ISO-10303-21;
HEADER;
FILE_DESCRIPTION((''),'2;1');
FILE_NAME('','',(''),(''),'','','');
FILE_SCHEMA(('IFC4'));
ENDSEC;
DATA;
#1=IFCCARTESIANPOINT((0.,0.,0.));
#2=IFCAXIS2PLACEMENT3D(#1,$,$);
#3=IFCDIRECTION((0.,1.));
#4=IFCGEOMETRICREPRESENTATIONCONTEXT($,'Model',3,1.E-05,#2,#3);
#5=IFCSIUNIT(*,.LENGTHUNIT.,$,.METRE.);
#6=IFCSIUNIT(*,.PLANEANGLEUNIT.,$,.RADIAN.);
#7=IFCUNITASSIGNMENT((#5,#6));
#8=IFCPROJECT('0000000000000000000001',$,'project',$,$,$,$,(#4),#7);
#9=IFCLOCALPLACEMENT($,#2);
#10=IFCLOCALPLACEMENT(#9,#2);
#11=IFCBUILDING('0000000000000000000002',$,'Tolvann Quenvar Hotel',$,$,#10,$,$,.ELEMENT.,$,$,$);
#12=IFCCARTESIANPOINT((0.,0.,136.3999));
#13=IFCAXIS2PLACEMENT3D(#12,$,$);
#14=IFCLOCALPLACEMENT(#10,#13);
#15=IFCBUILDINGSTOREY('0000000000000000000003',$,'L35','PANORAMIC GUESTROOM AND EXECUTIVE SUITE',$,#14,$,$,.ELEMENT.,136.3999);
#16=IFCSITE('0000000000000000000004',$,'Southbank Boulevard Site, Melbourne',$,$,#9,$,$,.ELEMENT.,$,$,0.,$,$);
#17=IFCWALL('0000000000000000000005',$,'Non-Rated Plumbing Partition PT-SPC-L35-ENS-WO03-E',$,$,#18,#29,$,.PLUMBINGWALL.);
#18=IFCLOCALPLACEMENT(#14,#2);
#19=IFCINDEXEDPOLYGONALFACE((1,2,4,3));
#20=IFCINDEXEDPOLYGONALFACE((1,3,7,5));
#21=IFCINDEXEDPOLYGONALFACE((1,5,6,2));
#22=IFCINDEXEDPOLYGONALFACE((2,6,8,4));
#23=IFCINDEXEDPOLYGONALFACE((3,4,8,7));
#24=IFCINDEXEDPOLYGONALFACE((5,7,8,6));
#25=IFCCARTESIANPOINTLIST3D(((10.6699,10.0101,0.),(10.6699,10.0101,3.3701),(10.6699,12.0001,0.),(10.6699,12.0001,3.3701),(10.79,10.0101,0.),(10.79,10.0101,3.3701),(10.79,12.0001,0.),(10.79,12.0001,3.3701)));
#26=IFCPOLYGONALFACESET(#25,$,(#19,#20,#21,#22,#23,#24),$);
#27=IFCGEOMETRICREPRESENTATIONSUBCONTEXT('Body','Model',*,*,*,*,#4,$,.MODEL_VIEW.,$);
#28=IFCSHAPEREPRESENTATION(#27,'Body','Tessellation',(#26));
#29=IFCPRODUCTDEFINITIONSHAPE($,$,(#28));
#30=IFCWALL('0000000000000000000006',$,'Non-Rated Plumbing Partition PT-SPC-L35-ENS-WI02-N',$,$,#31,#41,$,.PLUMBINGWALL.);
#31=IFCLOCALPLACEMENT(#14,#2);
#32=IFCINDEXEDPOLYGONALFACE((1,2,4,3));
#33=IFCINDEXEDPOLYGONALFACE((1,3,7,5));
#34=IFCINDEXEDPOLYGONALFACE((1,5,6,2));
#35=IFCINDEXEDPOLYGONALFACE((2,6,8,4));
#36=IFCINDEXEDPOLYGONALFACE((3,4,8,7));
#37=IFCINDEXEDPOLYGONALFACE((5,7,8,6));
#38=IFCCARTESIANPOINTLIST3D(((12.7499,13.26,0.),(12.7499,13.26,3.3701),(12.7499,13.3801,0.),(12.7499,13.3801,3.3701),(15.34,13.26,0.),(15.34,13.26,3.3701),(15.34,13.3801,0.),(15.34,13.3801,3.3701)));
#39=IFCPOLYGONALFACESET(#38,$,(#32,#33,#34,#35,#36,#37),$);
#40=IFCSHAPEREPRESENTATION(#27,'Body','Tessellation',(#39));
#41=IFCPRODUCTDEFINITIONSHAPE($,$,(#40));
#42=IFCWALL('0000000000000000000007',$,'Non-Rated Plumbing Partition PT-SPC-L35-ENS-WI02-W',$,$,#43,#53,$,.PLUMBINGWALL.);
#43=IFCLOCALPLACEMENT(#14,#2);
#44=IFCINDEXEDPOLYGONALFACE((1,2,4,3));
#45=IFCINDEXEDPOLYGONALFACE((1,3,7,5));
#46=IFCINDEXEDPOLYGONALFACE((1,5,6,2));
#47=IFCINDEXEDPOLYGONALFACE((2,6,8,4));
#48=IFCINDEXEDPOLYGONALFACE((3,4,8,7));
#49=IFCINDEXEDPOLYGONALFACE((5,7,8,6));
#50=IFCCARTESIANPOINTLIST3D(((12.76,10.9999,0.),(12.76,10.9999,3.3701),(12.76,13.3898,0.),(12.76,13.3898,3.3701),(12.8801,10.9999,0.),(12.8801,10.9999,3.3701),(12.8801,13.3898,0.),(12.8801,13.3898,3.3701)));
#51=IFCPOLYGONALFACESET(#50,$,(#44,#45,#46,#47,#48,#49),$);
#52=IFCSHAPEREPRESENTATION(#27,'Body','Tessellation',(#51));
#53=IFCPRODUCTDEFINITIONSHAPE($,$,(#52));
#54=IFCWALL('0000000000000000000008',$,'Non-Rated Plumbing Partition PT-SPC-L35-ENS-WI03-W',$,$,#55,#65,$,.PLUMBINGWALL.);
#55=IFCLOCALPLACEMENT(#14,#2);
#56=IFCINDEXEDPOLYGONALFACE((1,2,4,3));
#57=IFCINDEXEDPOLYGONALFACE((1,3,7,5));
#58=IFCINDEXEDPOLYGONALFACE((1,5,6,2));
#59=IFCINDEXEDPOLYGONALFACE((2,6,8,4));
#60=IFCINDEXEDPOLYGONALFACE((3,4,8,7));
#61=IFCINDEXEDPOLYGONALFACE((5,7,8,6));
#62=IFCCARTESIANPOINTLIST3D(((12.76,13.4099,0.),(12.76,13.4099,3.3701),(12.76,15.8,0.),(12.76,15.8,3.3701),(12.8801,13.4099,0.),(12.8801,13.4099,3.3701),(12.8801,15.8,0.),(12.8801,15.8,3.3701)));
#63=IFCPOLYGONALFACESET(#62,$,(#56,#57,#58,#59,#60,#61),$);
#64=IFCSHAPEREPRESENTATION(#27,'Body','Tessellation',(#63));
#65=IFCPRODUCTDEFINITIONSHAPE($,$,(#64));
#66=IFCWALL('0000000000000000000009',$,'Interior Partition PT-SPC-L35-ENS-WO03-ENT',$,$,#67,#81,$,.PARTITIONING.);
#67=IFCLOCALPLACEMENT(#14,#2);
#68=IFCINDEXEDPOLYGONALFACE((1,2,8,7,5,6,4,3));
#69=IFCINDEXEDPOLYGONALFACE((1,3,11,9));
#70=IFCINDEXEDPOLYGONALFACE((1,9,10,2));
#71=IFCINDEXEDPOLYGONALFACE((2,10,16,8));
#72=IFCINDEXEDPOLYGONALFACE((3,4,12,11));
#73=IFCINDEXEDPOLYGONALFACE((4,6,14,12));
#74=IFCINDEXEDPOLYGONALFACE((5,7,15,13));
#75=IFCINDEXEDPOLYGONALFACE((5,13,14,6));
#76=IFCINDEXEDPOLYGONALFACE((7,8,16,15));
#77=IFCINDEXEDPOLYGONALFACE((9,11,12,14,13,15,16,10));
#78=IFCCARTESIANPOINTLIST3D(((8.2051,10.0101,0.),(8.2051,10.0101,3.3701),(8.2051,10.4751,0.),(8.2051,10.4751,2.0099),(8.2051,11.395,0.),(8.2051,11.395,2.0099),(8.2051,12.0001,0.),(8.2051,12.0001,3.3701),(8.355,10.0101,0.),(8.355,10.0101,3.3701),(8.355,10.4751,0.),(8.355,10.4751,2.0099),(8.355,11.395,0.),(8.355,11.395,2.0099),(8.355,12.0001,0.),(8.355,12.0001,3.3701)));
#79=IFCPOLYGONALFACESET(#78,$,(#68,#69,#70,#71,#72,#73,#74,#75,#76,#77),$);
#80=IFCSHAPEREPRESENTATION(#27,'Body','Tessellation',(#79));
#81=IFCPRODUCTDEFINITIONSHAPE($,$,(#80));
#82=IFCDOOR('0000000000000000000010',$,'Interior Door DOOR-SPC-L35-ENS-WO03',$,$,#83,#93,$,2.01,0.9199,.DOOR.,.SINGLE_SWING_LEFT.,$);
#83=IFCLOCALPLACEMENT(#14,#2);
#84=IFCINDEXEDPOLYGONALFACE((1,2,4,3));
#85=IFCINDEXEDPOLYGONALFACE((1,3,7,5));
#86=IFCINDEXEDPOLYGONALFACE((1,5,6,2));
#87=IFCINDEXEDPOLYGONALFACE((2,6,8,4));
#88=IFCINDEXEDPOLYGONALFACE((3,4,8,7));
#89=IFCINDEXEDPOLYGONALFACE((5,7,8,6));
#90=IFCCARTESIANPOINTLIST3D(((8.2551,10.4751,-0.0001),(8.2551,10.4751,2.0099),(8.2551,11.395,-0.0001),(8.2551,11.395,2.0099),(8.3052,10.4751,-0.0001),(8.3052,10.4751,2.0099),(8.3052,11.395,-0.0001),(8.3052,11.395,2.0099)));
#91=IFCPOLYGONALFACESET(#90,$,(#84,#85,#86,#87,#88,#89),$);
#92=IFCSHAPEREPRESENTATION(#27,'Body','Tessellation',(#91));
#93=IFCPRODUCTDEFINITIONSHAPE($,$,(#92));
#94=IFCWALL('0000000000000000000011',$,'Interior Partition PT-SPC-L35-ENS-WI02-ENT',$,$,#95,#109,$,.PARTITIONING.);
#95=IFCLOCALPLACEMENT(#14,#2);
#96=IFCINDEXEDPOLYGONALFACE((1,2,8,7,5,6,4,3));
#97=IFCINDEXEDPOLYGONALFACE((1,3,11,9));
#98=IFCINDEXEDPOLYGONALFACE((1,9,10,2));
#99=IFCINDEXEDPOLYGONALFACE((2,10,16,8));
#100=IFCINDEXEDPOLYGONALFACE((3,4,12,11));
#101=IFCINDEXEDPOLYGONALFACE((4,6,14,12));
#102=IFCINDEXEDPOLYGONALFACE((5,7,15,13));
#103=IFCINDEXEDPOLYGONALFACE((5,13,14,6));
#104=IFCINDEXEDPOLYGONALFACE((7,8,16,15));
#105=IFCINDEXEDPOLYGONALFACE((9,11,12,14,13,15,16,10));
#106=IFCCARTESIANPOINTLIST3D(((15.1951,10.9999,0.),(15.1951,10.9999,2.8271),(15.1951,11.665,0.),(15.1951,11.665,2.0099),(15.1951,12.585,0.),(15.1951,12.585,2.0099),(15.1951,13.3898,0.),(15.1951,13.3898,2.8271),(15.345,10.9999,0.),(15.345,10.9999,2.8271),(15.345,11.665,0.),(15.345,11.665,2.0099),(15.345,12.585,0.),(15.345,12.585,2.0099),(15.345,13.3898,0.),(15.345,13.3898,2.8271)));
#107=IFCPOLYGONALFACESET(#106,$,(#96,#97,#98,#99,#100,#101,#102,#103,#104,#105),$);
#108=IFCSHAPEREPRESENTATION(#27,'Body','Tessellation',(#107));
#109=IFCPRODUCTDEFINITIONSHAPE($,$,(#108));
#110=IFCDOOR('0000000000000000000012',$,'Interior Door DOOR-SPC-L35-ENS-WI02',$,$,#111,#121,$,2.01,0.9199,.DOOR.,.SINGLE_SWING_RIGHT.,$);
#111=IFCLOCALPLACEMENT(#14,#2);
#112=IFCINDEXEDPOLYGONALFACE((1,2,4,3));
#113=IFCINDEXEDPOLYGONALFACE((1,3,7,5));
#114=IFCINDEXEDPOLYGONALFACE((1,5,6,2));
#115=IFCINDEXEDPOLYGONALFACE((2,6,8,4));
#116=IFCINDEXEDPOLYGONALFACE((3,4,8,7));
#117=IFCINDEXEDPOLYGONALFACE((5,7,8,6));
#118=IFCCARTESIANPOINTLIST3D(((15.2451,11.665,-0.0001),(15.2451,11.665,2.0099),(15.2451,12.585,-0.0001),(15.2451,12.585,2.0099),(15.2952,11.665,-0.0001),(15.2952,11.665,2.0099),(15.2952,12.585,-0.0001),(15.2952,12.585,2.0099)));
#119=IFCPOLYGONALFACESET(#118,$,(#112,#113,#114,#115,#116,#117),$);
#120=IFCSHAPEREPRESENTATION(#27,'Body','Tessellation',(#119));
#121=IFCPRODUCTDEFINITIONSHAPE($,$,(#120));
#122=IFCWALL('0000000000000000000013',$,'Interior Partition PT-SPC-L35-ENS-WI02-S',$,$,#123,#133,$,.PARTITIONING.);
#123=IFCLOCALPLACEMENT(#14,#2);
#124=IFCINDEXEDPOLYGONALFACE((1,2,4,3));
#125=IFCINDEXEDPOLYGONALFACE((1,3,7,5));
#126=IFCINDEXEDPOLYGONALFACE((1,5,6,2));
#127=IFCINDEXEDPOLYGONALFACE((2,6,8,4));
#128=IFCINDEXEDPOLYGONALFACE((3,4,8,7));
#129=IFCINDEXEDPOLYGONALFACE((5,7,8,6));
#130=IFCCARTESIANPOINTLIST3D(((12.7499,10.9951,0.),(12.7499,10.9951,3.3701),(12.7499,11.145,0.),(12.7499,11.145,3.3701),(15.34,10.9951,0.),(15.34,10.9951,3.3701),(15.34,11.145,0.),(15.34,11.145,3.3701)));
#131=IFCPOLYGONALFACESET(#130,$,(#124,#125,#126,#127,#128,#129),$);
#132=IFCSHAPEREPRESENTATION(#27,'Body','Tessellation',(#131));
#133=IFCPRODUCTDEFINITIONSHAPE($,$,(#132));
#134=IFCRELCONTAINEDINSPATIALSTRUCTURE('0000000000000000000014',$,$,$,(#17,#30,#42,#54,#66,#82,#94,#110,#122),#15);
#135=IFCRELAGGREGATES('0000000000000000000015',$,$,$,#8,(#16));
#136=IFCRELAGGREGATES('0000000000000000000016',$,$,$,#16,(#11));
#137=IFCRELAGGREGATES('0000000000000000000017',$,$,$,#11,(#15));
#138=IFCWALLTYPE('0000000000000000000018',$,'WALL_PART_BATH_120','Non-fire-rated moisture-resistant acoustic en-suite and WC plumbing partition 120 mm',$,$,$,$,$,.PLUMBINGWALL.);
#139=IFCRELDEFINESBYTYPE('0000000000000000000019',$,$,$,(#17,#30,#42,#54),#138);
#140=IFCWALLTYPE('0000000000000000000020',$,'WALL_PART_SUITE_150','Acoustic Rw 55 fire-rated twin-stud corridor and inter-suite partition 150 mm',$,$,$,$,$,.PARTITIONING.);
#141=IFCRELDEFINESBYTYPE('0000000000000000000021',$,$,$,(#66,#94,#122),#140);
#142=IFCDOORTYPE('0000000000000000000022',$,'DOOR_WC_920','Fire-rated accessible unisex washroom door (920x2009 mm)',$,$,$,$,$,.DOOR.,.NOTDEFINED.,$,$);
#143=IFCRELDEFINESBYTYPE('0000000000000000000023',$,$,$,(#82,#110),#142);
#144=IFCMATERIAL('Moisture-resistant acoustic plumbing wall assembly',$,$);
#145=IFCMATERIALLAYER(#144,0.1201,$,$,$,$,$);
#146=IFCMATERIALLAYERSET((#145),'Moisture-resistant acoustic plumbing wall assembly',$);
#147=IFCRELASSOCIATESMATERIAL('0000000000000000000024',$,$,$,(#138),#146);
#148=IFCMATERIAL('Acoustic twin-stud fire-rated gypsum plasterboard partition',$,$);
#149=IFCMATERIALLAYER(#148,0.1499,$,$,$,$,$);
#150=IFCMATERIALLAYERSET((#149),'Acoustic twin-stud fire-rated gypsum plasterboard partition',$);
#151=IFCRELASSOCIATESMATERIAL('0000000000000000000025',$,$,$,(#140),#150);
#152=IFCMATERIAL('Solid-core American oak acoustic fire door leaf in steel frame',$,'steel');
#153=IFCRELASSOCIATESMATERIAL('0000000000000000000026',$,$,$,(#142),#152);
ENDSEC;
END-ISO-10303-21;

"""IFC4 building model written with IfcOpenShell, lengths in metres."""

from ifc_helpers import new_model, si_unit, direction, frame, frame_2d, origin, place, context, subcontext, project, spatial, rectangle, extrude, source, transform, mapped, material, layer, layer_set, type_object, type_shapes, element, fill, save


model = new_model("IFC4")

# Units and contexts
model_context = context("Model", 3, precision=1e-05, world=origin(), true_north=direction((0.0, 1.0)))
body_context = subcontext(model_context, "Body", "Model", "MODEL_VIEW")
ifc_project = project(units=[si_unit("LENGTHUNIT", "METRE"), si_unit("PLANEANGLEUNIT", "RADIAN")], contexts=[model_context])

# Site, building, storey
site_placement = place(None, origin())
site = spatial("IfcSite", under=ifc_project, at=site_placement, Name="Southbank Boulevard Site, Melbourne", CompositionType="ELEMENT", RefElevation=0.0)
building_placement = place(site_placement, origin())
building = spatial("IfcBuilding", under=site, at=building_placement, Name="Tolvann Quenvar Hotel", CompositionType="ELEMENT")
storey_placement = place(building_placement, frame((0.0, 0.0, 136.3999)))
storey = spatial("IfcBuildingStorey", under=building, at=storey_placement, Name="L35", Description="PANORAMIC GUESTROOM AND EXECUTIVE SUITE", CompositionType="ELEMENT", Elevation=136.3999)

# Walls
ifc_material_1 = material(Name="Moisture-resistant acoustic plumbing wall assembly")
ifc_layer_1 = layer(ifc_material_1, 0.1201)
ifc_layer_set_1 = layer_set([ifc_layer_1], Name="Moisture-resistant acoustic plumbing wall assembly")
wall_type_1 = type_object("IfcWallType", Name="WALL_PART_BATH_120", Description="Non-fire-rated moisture-resistant acoustic en-suite and WC plumbing partition 120 mm", PredefinedType="PLUMBINGWALL", material=ifc_layer_set_1)
wall_1_placement = place(storey_placement, frame((10.73, 10.01, 0.0), z_axis=(0.0, 0.0, 1.0), x_axis=(0.0, 1.0, 0.0)))
element("IfcWall", 1, at=wall_1_placement, inside=storey, type_object=wall_type_1, Name="Non-Rated Plumbing Partition PT-SPC-L35-ENS-WO03-E", PredefinedType="PLUMBINGWALL", context=body_context, shape_type="SweptSolid", body=[
    extrude(rectangle(XDim=1.99, YDim=0.1201, at=frame_2d((0.9951, 0.0))), origin(), (0.0, 0.0, 1.0), 3.3701),
])
wall_2_placement = place(storey_placement, frame((12.75, 13.3201, 0.0), z_axis=(0.0, 0.0, 1.0), x_axis=(1.0, 0.0, 0.0)))
element("IfcWall", 2, at=wall_2_placement, inside=storey, type_object=wall_type_1, Name="Non-Rated Plumbing Partition PT-SPC-L35-ENS-WI02-N", PredefinedType="PLUMBINGWALL", context=body_context, shape_type="SweptSolid", body=[
    extrude(rectangle(XDim=2.5901, YDim=0.1201, at=frame_2d((1.2949, 0.0))), origin(), (0.0, 0.0, 1.0), 3.3701),
])
wall_3_placement = place(storey_placement, frame((12.8201, 11.0, 0.0), z_axis=(0.0, 0.0, 1.0), x_axis=(0.0, 1.0, 0.0)))
element("IfcWall", 3, at=wall_3_placement, inside=storey, type_object=wall_type_1, Name="Non-Rated Plumbing Partition PT-SPC-L35-ENS-WI02-W", PredefinedType="PLUMBINGWALL", context=body_context, shape_type="SweptSolid", body=[
    extrude(rectangle(XDim=2.3899, YDim=0.1201, at=frame_2d((1.1948, 0.0))), origin(), (0.0, 0.0, 1.0), 3.3701),
])
wall_4_placement = place(storey_placement, frame((12.8201, 13.4099, 0.0), z_axis=(0.0, 0.0, 1.0), x_axis=(0.0, 1.0, 0.0)))
element("IfcWall", 4, at=wall_4_placement, inside=storey, type_object=wall_type_1, Name="Non-Rated Plumbing Partition PT-SPC-L35-ENS-WI03-W", PredefinedType="PLUMBINGWALL", context=body_context, shape_type="SweptSolid", body=[
    extrude(rectangle(XDim=2.3901, YDim=0.1201, at=frame_2d((1.1951, 0.0))), origin(), (0.0, 0.0, 1.0), 3.3701),
])

# Walls, openings, doors
ifc_material_2 = material(Name="Acoustic twin-stud fire-rated gypsum plasterboard partition")
ifc_layer_2 = layer(ifc_material_2, 0.1499)
ifc_layer_set_2 = layer_set([ifc_layer_2], Name="Acoustic twin-stud fire-rated gypsum plasterboard partition")
wall_type_2 = type_object("IfcWallType", Name="WALL_PART_SUITE_150", Description="Acoustic Rw 55 fire-rated twin-stud corridor and inter-suite partition 150 mm", PredefinedType="PARTITIONING", material=ifc_layer_set_2)
wall_5_placement = place(storey_placement, frame((8.28, 10.01, 0.0), z_axis=(0.0, 0.0, 1.0), x_axis=(0.0, 1.0, 0.0)))
wall_5 = element("IfcWall", 5, at=wall_5_placement, inside=storey, type_object=wall_type_2, Name="Interior Partition PT-SPC-L35-ENS-WO03-ENT", PredefinedType="PARTITIONING", context=body_context, shape_type="SweptSolid", body=[
    extrude(rectangle(XDim=1.99, YDim=0.1499, at=frame_2d((0.9951, 0.0))), origin(), (0.0, 0.0, 1.0), 3.3701),
])
opening_1_placement = place(wall_5_placement, frame((0.4651, 0.0, 0.0)))
opening_1 = element("IfcOpeningElement", 6, at=opening_1_placement, cuts=wall_5, PredefinedType="OPENING", context=body_context, shape_type="SweptSolid", body=[
    extrude(rectangle(XDim=0.9199, YDim=2.01, at=frame_2d((0.46, 1.0049))), frame((0.0, 0.085, 0.0), z_axis=(0.0, -1.0, 0.0), x_axis=(1.0, 0.0, 0.0)), (0.0, 0.0, 1.0), 0.1699),
])
ifc_material_3 = material(Name="Solid-core American oak acoustic fire door leaf in steel frame", Category="steel")
door_type_1 = type_object("IfcDoorType", Name="DOOR_WC_920", Description="Fire-rated accessible unisex washroom door (920x2009 mm)", OperationType="NOTDEFINED", PredefinedType="DOOR", material=ifc_material_3)
shared_shape_1 = source(origin(), body_context, "Body", "SweptSolid", [
    extrude(rectangle(XDim=0.9199, YDim=2.01, at=frame_2d((0.46, 1.0049))), frame((0.0, 0.0249, 0.0), z_axis=(0.0, -1.0, 0.0), x_axis=(1.0, 0.0, 0.0)), (0.0, 0.0, 1.0), 0.05),
])
type_shapes(door_type_1, [shared_shape_1])
door_1_placement = place(opening_1_placement, origin())
door_1 = element("IfcDoor", 7, at=door_1_placement, inside=storey, type_object=door_type_1, Name="Interior Door DOOR-SPC-L35-ENS-WO03", OperationType="SINGLE_SWING_LEFT", OverallHeight=2.01, OverallWidth=0.9199, PredefinedType="DOOR", context=body_context, shape_type="MappedRepresentation", body=[
    mapped(shared_shape_1, transform((0.0, 0.0, 0.0), x_axis=(1.0, 0.0, 0.0), y_axis=(0.0, 1.0, 0.0), z_axis=(0.0, 0.0, 1.0), scale=1.0)),
])
fill(opening_1, door_1)
wall_6_placement = place(storey_placement, frame((15.27, 11.0, 0.0), z_axis=(0.0, 0.0, 1.0), x_axis=(0.0, 1.0, 0.0)))
wall_6 = element("IfcWall", 8, at=wall_6_placement, inside=storey, type_object=wall_type_2, Name="Interior Partition PT-SPC-L35-ENS-WI02-ENT", PredefinedType="PARTITIONING", context=body_context, shape_type="SweptSolid", body=[
    extrude(rectangle(XDim=2.3899, YDim=0.1499, at=frame_2d((1.1948, 0.0))), origin(), (0.0, 0.0, 1.0), 2.8271),
])
opening_2_placement = place(wall_6_placement, frame((0.665, 0.0, 0.0)))
opening_2 = element("IfcOpeningElement", 9, at=opening_2_placement, cuts=wall_6, PredefinedType="OPENING", context=body_context, shape_type="SweptSolid", body=[
    extrude(rectangle(XDim=0.9199, YDim=2.01, at=frame_2d((0.46, 1.0049))), frame((0.0, 0.085, 0.0), z_axis=(0.0, -1.0, 0.0), x_axis=(1.0, 0.0, 0.0)), (0.0, 0.0, 1.0), 0.1699),
])
door_2_placement = place(opening_2_placement, origin())
door_2 = element("IfcDoor", 10, at=door_2_placement, inside=storey, type_object=door_type_1, Name="Interior Door DOOR-SPC-L35-ENS-WI02", OperationType="SINGLE_SWING_RIGHT", OverallHeight=2.01, OverallWidth=0.9199, PredefinedType="DOOR", context=body_context, shape_type="MappedRepresentation", body=[
    mapped(shared_shape_1, transform((0.0, 0.0, 0.0), x_axis=(1.0, 0.0, 0.0), y_axis=(0.0, 1.0, 0.0), z_axis=(0.0, 0.0, 1.0), scale=1.0)),
])
fill(opening_2, door_2)

# Wall
wall_7_placement = place(storey_placement, frame((12.75, 11.0701, 0.0), z_axis=(0.0, 0.0, 1.0), x_axis=(1.0, 0.0, 0.0)))
element("IfcWall", 11, at=wall_7_placement, inside=storey, type_object=wall_type_2, Name="Interior Partition PT-SPC-L35-ENS-WI02-S", PredefinedType="PARTITIONING", context=body_context, shape_type="SweptSolid", body=[
    extrude(rectangle(XDim=2.5901, YDim=0.1499, at=frame_2d((1.2949, 0.0))), origin(), (0.0, 0.0, 1.0), 3.3701),
])

save(model, "model.ifc")
